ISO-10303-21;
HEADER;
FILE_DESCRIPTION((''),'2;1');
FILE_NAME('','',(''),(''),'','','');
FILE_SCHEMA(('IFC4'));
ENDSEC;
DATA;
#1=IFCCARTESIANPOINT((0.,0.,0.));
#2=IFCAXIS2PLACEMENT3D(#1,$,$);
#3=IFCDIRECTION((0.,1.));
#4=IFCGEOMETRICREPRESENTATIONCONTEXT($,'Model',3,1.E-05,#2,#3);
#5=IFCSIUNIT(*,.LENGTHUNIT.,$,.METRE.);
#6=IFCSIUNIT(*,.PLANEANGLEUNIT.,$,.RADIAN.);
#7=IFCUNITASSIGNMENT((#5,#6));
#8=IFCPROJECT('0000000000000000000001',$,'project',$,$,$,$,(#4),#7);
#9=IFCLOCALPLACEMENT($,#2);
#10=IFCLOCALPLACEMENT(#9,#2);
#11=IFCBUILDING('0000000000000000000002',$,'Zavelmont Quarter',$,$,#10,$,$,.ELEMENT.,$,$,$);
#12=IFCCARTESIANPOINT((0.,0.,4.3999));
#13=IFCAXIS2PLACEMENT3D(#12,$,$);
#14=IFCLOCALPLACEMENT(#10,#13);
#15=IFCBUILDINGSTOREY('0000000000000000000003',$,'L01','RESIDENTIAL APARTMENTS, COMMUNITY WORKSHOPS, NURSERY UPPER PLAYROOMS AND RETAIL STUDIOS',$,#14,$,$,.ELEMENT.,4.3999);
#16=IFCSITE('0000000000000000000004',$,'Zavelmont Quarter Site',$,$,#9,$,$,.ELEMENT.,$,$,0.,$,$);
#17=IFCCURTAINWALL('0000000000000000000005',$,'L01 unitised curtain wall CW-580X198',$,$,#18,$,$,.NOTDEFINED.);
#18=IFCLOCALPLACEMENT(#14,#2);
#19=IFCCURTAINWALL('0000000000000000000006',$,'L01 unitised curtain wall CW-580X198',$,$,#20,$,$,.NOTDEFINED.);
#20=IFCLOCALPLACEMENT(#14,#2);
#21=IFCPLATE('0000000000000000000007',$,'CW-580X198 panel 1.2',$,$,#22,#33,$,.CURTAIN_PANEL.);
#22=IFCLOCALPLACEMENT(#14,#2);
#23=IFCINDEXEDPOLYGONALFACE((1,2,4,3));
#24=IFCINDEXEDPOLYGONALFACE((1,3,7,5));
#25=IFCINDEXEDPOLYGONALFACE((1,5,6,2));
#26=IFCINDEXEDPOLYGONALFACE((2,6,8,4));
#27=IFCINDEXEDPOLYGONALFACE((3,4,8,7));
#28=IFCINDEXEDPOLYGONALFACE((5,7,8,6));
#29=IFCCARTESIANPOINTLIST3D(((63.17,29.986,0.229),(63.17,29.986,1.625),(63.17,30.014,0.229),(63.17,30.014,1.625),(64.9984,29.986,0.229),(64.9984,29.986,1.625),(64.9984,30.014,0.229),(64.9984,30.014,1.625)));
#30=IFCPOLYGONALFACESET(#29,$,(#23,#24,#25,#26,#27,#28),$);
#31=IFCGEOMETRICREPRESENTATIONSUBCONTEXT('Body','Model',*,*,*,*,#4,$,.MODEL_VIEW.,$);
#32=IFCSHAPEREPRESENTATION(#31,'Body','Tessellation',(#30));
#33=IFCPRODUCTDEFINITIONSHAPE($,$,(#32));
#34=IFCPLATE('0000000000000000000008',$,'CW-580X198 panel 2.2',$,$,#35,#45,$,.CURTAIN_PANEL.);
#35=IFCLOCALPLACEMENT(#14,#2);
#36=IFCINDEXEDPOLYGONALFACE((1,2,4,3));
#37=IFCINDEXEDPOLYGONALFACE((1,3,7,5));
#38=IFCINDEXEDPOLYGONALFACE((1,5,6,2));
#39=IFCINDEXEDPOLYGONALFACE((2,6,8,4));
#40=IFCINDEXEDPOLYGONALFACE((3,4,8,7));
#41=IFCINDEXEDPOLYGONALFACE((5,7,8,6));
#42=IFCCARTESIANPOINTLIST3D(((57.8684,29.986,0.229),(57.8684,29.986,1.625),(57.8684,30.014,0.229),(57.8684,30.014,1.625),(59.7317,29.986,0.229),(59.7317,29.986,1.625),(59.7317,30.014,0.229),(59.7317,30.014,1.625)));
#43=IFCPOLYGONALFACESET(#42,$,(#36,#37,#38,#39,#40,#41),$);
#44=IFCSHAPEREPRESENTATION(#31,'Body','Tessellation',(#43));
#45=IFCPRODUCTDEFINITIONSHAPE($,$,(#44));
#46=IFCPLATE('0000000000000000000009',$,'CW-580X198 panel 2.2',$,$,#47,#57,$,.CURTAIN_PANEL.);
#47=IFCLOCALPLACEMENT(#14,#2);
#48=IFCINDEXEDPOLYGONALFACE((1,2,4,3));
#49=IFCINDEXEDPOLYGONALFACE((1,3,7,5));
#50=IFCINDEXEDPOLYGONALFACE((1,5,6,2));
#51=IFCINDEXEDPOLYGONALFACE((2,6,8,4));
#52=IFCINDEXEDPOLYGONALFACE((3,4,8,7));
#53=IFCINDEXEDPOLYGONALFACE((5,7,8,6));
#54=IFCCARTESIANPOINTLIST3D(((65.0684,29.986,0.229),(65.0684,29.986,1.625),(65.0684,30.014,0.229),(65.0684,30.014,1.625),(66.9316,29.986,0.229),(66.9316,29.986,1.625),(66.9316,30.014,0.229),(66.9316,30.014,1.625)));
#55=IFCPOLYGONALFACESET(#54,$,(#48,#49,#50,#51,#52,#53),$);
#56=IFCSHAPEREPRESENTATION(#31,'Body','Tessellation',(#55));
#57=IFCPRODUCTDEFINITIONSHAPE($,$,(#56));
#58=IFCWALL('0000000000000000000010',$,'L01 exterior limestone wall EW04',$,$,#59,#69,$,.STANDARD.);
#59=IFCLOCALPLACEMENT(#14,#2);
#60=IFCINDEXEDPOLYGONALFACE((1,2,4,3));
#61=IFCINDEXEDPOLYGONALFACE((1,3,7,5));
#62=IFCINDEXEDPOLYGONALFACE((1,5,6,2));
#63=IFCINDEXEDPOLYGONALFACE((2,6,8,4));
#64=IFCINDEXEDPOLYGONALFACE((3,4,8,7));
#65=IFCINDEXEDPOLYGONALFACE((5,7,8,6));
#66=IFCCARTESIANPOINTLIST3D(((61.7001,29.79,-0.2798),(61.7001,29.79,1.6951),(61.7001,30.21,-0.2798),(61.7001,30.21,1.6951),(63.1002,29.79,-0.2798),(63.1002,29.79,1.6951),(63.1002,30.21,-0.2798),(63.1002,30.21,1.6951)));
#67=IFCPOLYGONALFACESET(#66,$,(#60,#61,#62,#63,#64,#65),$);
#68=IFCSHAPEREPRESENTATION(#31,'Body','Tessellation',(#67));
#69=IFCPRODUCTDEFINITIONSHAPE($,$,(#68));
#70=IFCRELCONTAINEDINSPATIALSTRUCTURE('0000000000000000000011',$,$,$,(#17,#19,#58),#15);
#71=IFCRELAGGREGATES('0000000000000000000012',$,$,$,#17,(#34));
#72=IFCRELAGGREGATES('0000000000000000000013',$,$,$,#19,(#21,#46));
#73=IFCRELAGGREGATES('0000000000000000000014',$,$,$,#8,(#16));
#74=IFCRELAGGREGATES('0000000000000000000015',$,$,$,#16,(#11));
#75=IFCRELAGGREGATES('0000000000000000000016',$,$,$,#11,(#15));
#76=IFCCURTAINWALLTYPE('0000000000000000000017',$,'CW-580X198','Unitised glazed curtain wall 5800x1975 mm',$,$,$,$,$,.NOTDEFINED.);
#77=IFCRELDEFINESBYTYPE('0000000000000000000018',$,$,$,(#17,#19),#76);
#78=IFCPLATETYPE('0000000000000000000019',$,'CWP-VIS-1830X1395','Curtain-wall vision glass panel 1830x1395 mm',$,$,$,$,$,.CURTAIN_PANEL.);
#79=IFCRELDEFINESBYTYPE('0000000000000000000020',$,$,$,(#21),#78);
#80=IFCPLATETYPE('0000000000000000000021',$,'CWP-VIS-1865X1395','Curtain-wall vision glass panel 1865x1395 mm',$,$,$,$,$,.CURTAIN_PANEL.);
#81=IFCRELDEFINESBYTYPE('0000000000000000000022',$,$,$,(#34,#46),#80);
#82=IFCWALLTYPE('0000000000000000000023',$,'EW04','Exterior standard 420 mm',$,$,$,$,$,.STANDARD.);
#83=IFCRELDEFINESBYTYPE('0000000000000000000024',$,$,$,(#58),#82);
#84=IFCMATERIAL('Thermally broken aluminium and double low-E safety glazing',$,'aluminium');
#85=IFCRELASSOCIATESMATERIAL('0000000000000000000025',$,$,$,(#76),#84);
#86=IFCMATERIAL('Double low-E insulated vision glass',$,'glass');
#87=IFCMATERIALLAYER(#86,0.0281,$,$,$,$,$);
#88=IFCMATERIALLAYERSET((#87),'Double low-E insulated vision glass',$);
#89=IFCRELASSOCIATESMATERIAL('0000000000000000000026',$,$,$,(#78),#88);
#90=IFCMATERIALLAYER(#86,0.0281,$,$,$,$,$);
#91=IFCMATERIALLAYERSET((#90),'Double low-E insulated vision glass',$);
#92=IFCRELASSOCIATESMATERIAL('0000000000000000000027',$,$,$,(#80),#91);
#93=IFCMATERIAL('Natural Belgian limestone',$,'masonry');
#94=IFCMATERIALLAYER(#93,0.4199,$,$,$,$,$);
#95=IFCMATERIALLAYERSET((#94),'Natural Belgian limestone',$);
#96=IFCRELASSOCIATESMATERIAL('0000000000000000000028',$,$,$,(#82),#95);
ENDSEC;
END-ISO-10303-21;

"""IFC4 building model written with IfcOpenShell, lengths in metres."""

from ifc_helpers import new_model, si_unit, direction, frame, frame_2d, origin, origin_2d, place, context, subcontext, project, spatial, rectangle, extrude, material, layer, layer_set, type_object, element, aggregate, save


model = new_model("IFC4")

# Units and contexts
model_context = context("Model", 3, precision=1e-05, world=origin(), true_north=direction((0.0, 1.0)))
body_context = subcontext(model_context, "Body", "Model", "MODEL_VIEW")
ifc_project = project(units=[si_unit("LENGTHUNIT", "METRE"), si_unit("PLANEANGLEUNIT", "RADIAN")], contexts=[model_context])

# Site, building, storey
site_placement = place(None, origin())
site = spatial("IfcSite", under=ifc_project, at=site_placement, Name="Zavelmont Quarter Site", CompositionType="ELEMENT", RefElevation=0.0)
building_placement = place(site_placement, origin())
building = spatial("IfcBuilding", under=site, at=building_placement, Name="Zavelmont Quarter", CompositionType="ELEMENT")
storey_placement = place(building_placement, frame((0.0, 0.0, 4.3999)))
storey = spatial("IfcBuildingStorey", under=building, at=storey_placement, Name="L01", Description="RESIDENTIAL APARTMENTS, COMMUNITY WORKSHOPS, NURSERY UPPER PLAYROOMS AND RETAIL STUDIOS", CompositionType="ELEMENT", Elevation=4.3999)

# Curtain walls
ifc_material_1 = material(Name="Thermally broken aluminium and double low-E safety glazing", Category="aluminium")
curtain_wall_type = type_object("IfcCurtainWallType", Name="CW-580X198", Description="Unitised glazed curtain wall 5800x1975 mm", PredefinedType="NOTDEFINED", material=ifc_material_1)
curtain_wall_1_placement = place(storey_placement, origin())
curtain_wall_1 = element("IfcCurtainWall", 1, at=curtain_wall_1_placement, inside=storey, type_object=curtain_wall_type, Name="L01 unitised curtain wall CW-580X198", PredefinedType="NOTDEFINED")
curtain_wall_2_placement = place(storey_placement, origin())
curtain_wall_2 = element("IfcCurtainWall", 2, at=curtain_wall_2_placement, inside=storey, type_object=curtain_wall_type, Name="L01 unitised curtain wall CW-580X198", PredefinedType="NOTDEFINED")

# Plates
ifc_material_2 = material(Name="Double low-E insulated vision glass", Category="glass")
ifc_layer_1 = layer(ifc_material_2, 0.0281)
ifc_layer_set_1 = layer_set([ifc_layer_1], Name="Double low-E insulated vision glass")
plate_type_1 = type_object("IfcPlateType", Name="CWP-VIS-1830X1395", Description="Curtain-wall vision glass panel 1830x1395 mm", PredefinedType="CURTAIN_PANEL", material=ifc_layer_set_1)
plate_1_placement = place(storey_placement, frame((64.0842, 30.0, 0.229), z_axis=(0.0, 0.0, 1.0), x_axis=(1.0, 0.0, 0.0)))
plate_1 = element("IfcPlate", 3, at=plate_1_placement, type_object=plate_type_1, Name="CW-580X198 panel 1.2", PredefinedType="CURTAIN_PANEL", context=body_context, shape_type="SweptSolid", body=[
    extrude(rectangle(XDim=1.8284, YDim=0.0281, at=origin_2d()), origin(), (0.0, 0.0, 1.0), 1.396),
])
ifc_layer_2 = layer(ifc_material_2, 0.0281)
ifc_layer_set_2 = layer_set([ifc_layer_2], Name="Double low-E insulated vision glass")
plate_type_2 = type_object("IfcPlateType", Name="CWP-VIS-1865X1395", Description="Curtain-wall vision glass panel 1865x1395 mm", PredefinedType="CURTAIN_PANEL", material=ifc_layer_set_2)
plate_2_placement = place(storey_placement, frame((58.8, 30.0, 0.229), z_axis=(0.0, 0.0, 1.0), x_axis=(1.0, 0.0, 0.0)))
plate_2 = element("IfcPlate", 4, at=plate_2_placement, type_object=plate_type_2, Name="CW-580X198 panel 2.2", PredefinedType="CURTAIN_PANEL", context=body_context, shape_type="SweptSolid", body=[
    extrude(rectangle(XDim=1.8633, YDim=0.0281, at=origin_2d()), origin(), (0.0, 0.0, 1.0), 1.396),
])
aggregate(curtain_wall_1, [plate_2])
plate_3_placement = place(storey_placement, frame((66.0, 30.0, 0.229), z_axis=(0.0, 0.0, 1.0), x_axis=(1.0, 0.0, 0.0)))
plate_3 = element("IfcPlate", 5, at=plate_3_placement, type_object=plate_type_2, Name="CW-580X198 panel 2.2", PredefinedType="CURTAIN_PANEL", context=body_context, shape_type="SweptSolid", body=[
    extrude(rectangle(XDim=1.8633, YDim=0.0281, at=origin_2d()), origin(), (0.0, 0.0, 1.0), 1.396),
])
aggregate(curtain_wall_2, [plate_1, plate_3])

# Wall
ifc_material_3 = material(Name="Natural Belgian limestone", Category="masonry")
ifc_layer_3 = layer(ifc_material_3, 0.4199)
ifc_layer_set_3 = layer_set([ifc_layer_3], Name="Natural Belgian limestone")
wall_type = type_object("IfcWallType", Name="EW04", Description="Exterior standard 420 mm", PredefinedType="STANDARD", material=ifc_layer_set_3)
wall_placement = place(storey_placement, frame((61.7, 30.0, -0.2798), z_axis=(0.0, 0.0, 1.0), x_axis=(1.0, 0.0, 0.0)))
element("IfcWall", 6, at=wall_placement, inside=storey, type_object=wall_type, Name="L01 exterior limestone wall EW04", PredefinedType="STANDARD", context=body_context, shape_type="SweptSolid", body=[
    extrude(rectangle(XDim=1.4001, YDim=0.4199, at=frame_2d((0.7002, 0.0))), origin(), (0.0, 0.0, 1.0), 1.9749),
])

save(model, "model.ifc")
